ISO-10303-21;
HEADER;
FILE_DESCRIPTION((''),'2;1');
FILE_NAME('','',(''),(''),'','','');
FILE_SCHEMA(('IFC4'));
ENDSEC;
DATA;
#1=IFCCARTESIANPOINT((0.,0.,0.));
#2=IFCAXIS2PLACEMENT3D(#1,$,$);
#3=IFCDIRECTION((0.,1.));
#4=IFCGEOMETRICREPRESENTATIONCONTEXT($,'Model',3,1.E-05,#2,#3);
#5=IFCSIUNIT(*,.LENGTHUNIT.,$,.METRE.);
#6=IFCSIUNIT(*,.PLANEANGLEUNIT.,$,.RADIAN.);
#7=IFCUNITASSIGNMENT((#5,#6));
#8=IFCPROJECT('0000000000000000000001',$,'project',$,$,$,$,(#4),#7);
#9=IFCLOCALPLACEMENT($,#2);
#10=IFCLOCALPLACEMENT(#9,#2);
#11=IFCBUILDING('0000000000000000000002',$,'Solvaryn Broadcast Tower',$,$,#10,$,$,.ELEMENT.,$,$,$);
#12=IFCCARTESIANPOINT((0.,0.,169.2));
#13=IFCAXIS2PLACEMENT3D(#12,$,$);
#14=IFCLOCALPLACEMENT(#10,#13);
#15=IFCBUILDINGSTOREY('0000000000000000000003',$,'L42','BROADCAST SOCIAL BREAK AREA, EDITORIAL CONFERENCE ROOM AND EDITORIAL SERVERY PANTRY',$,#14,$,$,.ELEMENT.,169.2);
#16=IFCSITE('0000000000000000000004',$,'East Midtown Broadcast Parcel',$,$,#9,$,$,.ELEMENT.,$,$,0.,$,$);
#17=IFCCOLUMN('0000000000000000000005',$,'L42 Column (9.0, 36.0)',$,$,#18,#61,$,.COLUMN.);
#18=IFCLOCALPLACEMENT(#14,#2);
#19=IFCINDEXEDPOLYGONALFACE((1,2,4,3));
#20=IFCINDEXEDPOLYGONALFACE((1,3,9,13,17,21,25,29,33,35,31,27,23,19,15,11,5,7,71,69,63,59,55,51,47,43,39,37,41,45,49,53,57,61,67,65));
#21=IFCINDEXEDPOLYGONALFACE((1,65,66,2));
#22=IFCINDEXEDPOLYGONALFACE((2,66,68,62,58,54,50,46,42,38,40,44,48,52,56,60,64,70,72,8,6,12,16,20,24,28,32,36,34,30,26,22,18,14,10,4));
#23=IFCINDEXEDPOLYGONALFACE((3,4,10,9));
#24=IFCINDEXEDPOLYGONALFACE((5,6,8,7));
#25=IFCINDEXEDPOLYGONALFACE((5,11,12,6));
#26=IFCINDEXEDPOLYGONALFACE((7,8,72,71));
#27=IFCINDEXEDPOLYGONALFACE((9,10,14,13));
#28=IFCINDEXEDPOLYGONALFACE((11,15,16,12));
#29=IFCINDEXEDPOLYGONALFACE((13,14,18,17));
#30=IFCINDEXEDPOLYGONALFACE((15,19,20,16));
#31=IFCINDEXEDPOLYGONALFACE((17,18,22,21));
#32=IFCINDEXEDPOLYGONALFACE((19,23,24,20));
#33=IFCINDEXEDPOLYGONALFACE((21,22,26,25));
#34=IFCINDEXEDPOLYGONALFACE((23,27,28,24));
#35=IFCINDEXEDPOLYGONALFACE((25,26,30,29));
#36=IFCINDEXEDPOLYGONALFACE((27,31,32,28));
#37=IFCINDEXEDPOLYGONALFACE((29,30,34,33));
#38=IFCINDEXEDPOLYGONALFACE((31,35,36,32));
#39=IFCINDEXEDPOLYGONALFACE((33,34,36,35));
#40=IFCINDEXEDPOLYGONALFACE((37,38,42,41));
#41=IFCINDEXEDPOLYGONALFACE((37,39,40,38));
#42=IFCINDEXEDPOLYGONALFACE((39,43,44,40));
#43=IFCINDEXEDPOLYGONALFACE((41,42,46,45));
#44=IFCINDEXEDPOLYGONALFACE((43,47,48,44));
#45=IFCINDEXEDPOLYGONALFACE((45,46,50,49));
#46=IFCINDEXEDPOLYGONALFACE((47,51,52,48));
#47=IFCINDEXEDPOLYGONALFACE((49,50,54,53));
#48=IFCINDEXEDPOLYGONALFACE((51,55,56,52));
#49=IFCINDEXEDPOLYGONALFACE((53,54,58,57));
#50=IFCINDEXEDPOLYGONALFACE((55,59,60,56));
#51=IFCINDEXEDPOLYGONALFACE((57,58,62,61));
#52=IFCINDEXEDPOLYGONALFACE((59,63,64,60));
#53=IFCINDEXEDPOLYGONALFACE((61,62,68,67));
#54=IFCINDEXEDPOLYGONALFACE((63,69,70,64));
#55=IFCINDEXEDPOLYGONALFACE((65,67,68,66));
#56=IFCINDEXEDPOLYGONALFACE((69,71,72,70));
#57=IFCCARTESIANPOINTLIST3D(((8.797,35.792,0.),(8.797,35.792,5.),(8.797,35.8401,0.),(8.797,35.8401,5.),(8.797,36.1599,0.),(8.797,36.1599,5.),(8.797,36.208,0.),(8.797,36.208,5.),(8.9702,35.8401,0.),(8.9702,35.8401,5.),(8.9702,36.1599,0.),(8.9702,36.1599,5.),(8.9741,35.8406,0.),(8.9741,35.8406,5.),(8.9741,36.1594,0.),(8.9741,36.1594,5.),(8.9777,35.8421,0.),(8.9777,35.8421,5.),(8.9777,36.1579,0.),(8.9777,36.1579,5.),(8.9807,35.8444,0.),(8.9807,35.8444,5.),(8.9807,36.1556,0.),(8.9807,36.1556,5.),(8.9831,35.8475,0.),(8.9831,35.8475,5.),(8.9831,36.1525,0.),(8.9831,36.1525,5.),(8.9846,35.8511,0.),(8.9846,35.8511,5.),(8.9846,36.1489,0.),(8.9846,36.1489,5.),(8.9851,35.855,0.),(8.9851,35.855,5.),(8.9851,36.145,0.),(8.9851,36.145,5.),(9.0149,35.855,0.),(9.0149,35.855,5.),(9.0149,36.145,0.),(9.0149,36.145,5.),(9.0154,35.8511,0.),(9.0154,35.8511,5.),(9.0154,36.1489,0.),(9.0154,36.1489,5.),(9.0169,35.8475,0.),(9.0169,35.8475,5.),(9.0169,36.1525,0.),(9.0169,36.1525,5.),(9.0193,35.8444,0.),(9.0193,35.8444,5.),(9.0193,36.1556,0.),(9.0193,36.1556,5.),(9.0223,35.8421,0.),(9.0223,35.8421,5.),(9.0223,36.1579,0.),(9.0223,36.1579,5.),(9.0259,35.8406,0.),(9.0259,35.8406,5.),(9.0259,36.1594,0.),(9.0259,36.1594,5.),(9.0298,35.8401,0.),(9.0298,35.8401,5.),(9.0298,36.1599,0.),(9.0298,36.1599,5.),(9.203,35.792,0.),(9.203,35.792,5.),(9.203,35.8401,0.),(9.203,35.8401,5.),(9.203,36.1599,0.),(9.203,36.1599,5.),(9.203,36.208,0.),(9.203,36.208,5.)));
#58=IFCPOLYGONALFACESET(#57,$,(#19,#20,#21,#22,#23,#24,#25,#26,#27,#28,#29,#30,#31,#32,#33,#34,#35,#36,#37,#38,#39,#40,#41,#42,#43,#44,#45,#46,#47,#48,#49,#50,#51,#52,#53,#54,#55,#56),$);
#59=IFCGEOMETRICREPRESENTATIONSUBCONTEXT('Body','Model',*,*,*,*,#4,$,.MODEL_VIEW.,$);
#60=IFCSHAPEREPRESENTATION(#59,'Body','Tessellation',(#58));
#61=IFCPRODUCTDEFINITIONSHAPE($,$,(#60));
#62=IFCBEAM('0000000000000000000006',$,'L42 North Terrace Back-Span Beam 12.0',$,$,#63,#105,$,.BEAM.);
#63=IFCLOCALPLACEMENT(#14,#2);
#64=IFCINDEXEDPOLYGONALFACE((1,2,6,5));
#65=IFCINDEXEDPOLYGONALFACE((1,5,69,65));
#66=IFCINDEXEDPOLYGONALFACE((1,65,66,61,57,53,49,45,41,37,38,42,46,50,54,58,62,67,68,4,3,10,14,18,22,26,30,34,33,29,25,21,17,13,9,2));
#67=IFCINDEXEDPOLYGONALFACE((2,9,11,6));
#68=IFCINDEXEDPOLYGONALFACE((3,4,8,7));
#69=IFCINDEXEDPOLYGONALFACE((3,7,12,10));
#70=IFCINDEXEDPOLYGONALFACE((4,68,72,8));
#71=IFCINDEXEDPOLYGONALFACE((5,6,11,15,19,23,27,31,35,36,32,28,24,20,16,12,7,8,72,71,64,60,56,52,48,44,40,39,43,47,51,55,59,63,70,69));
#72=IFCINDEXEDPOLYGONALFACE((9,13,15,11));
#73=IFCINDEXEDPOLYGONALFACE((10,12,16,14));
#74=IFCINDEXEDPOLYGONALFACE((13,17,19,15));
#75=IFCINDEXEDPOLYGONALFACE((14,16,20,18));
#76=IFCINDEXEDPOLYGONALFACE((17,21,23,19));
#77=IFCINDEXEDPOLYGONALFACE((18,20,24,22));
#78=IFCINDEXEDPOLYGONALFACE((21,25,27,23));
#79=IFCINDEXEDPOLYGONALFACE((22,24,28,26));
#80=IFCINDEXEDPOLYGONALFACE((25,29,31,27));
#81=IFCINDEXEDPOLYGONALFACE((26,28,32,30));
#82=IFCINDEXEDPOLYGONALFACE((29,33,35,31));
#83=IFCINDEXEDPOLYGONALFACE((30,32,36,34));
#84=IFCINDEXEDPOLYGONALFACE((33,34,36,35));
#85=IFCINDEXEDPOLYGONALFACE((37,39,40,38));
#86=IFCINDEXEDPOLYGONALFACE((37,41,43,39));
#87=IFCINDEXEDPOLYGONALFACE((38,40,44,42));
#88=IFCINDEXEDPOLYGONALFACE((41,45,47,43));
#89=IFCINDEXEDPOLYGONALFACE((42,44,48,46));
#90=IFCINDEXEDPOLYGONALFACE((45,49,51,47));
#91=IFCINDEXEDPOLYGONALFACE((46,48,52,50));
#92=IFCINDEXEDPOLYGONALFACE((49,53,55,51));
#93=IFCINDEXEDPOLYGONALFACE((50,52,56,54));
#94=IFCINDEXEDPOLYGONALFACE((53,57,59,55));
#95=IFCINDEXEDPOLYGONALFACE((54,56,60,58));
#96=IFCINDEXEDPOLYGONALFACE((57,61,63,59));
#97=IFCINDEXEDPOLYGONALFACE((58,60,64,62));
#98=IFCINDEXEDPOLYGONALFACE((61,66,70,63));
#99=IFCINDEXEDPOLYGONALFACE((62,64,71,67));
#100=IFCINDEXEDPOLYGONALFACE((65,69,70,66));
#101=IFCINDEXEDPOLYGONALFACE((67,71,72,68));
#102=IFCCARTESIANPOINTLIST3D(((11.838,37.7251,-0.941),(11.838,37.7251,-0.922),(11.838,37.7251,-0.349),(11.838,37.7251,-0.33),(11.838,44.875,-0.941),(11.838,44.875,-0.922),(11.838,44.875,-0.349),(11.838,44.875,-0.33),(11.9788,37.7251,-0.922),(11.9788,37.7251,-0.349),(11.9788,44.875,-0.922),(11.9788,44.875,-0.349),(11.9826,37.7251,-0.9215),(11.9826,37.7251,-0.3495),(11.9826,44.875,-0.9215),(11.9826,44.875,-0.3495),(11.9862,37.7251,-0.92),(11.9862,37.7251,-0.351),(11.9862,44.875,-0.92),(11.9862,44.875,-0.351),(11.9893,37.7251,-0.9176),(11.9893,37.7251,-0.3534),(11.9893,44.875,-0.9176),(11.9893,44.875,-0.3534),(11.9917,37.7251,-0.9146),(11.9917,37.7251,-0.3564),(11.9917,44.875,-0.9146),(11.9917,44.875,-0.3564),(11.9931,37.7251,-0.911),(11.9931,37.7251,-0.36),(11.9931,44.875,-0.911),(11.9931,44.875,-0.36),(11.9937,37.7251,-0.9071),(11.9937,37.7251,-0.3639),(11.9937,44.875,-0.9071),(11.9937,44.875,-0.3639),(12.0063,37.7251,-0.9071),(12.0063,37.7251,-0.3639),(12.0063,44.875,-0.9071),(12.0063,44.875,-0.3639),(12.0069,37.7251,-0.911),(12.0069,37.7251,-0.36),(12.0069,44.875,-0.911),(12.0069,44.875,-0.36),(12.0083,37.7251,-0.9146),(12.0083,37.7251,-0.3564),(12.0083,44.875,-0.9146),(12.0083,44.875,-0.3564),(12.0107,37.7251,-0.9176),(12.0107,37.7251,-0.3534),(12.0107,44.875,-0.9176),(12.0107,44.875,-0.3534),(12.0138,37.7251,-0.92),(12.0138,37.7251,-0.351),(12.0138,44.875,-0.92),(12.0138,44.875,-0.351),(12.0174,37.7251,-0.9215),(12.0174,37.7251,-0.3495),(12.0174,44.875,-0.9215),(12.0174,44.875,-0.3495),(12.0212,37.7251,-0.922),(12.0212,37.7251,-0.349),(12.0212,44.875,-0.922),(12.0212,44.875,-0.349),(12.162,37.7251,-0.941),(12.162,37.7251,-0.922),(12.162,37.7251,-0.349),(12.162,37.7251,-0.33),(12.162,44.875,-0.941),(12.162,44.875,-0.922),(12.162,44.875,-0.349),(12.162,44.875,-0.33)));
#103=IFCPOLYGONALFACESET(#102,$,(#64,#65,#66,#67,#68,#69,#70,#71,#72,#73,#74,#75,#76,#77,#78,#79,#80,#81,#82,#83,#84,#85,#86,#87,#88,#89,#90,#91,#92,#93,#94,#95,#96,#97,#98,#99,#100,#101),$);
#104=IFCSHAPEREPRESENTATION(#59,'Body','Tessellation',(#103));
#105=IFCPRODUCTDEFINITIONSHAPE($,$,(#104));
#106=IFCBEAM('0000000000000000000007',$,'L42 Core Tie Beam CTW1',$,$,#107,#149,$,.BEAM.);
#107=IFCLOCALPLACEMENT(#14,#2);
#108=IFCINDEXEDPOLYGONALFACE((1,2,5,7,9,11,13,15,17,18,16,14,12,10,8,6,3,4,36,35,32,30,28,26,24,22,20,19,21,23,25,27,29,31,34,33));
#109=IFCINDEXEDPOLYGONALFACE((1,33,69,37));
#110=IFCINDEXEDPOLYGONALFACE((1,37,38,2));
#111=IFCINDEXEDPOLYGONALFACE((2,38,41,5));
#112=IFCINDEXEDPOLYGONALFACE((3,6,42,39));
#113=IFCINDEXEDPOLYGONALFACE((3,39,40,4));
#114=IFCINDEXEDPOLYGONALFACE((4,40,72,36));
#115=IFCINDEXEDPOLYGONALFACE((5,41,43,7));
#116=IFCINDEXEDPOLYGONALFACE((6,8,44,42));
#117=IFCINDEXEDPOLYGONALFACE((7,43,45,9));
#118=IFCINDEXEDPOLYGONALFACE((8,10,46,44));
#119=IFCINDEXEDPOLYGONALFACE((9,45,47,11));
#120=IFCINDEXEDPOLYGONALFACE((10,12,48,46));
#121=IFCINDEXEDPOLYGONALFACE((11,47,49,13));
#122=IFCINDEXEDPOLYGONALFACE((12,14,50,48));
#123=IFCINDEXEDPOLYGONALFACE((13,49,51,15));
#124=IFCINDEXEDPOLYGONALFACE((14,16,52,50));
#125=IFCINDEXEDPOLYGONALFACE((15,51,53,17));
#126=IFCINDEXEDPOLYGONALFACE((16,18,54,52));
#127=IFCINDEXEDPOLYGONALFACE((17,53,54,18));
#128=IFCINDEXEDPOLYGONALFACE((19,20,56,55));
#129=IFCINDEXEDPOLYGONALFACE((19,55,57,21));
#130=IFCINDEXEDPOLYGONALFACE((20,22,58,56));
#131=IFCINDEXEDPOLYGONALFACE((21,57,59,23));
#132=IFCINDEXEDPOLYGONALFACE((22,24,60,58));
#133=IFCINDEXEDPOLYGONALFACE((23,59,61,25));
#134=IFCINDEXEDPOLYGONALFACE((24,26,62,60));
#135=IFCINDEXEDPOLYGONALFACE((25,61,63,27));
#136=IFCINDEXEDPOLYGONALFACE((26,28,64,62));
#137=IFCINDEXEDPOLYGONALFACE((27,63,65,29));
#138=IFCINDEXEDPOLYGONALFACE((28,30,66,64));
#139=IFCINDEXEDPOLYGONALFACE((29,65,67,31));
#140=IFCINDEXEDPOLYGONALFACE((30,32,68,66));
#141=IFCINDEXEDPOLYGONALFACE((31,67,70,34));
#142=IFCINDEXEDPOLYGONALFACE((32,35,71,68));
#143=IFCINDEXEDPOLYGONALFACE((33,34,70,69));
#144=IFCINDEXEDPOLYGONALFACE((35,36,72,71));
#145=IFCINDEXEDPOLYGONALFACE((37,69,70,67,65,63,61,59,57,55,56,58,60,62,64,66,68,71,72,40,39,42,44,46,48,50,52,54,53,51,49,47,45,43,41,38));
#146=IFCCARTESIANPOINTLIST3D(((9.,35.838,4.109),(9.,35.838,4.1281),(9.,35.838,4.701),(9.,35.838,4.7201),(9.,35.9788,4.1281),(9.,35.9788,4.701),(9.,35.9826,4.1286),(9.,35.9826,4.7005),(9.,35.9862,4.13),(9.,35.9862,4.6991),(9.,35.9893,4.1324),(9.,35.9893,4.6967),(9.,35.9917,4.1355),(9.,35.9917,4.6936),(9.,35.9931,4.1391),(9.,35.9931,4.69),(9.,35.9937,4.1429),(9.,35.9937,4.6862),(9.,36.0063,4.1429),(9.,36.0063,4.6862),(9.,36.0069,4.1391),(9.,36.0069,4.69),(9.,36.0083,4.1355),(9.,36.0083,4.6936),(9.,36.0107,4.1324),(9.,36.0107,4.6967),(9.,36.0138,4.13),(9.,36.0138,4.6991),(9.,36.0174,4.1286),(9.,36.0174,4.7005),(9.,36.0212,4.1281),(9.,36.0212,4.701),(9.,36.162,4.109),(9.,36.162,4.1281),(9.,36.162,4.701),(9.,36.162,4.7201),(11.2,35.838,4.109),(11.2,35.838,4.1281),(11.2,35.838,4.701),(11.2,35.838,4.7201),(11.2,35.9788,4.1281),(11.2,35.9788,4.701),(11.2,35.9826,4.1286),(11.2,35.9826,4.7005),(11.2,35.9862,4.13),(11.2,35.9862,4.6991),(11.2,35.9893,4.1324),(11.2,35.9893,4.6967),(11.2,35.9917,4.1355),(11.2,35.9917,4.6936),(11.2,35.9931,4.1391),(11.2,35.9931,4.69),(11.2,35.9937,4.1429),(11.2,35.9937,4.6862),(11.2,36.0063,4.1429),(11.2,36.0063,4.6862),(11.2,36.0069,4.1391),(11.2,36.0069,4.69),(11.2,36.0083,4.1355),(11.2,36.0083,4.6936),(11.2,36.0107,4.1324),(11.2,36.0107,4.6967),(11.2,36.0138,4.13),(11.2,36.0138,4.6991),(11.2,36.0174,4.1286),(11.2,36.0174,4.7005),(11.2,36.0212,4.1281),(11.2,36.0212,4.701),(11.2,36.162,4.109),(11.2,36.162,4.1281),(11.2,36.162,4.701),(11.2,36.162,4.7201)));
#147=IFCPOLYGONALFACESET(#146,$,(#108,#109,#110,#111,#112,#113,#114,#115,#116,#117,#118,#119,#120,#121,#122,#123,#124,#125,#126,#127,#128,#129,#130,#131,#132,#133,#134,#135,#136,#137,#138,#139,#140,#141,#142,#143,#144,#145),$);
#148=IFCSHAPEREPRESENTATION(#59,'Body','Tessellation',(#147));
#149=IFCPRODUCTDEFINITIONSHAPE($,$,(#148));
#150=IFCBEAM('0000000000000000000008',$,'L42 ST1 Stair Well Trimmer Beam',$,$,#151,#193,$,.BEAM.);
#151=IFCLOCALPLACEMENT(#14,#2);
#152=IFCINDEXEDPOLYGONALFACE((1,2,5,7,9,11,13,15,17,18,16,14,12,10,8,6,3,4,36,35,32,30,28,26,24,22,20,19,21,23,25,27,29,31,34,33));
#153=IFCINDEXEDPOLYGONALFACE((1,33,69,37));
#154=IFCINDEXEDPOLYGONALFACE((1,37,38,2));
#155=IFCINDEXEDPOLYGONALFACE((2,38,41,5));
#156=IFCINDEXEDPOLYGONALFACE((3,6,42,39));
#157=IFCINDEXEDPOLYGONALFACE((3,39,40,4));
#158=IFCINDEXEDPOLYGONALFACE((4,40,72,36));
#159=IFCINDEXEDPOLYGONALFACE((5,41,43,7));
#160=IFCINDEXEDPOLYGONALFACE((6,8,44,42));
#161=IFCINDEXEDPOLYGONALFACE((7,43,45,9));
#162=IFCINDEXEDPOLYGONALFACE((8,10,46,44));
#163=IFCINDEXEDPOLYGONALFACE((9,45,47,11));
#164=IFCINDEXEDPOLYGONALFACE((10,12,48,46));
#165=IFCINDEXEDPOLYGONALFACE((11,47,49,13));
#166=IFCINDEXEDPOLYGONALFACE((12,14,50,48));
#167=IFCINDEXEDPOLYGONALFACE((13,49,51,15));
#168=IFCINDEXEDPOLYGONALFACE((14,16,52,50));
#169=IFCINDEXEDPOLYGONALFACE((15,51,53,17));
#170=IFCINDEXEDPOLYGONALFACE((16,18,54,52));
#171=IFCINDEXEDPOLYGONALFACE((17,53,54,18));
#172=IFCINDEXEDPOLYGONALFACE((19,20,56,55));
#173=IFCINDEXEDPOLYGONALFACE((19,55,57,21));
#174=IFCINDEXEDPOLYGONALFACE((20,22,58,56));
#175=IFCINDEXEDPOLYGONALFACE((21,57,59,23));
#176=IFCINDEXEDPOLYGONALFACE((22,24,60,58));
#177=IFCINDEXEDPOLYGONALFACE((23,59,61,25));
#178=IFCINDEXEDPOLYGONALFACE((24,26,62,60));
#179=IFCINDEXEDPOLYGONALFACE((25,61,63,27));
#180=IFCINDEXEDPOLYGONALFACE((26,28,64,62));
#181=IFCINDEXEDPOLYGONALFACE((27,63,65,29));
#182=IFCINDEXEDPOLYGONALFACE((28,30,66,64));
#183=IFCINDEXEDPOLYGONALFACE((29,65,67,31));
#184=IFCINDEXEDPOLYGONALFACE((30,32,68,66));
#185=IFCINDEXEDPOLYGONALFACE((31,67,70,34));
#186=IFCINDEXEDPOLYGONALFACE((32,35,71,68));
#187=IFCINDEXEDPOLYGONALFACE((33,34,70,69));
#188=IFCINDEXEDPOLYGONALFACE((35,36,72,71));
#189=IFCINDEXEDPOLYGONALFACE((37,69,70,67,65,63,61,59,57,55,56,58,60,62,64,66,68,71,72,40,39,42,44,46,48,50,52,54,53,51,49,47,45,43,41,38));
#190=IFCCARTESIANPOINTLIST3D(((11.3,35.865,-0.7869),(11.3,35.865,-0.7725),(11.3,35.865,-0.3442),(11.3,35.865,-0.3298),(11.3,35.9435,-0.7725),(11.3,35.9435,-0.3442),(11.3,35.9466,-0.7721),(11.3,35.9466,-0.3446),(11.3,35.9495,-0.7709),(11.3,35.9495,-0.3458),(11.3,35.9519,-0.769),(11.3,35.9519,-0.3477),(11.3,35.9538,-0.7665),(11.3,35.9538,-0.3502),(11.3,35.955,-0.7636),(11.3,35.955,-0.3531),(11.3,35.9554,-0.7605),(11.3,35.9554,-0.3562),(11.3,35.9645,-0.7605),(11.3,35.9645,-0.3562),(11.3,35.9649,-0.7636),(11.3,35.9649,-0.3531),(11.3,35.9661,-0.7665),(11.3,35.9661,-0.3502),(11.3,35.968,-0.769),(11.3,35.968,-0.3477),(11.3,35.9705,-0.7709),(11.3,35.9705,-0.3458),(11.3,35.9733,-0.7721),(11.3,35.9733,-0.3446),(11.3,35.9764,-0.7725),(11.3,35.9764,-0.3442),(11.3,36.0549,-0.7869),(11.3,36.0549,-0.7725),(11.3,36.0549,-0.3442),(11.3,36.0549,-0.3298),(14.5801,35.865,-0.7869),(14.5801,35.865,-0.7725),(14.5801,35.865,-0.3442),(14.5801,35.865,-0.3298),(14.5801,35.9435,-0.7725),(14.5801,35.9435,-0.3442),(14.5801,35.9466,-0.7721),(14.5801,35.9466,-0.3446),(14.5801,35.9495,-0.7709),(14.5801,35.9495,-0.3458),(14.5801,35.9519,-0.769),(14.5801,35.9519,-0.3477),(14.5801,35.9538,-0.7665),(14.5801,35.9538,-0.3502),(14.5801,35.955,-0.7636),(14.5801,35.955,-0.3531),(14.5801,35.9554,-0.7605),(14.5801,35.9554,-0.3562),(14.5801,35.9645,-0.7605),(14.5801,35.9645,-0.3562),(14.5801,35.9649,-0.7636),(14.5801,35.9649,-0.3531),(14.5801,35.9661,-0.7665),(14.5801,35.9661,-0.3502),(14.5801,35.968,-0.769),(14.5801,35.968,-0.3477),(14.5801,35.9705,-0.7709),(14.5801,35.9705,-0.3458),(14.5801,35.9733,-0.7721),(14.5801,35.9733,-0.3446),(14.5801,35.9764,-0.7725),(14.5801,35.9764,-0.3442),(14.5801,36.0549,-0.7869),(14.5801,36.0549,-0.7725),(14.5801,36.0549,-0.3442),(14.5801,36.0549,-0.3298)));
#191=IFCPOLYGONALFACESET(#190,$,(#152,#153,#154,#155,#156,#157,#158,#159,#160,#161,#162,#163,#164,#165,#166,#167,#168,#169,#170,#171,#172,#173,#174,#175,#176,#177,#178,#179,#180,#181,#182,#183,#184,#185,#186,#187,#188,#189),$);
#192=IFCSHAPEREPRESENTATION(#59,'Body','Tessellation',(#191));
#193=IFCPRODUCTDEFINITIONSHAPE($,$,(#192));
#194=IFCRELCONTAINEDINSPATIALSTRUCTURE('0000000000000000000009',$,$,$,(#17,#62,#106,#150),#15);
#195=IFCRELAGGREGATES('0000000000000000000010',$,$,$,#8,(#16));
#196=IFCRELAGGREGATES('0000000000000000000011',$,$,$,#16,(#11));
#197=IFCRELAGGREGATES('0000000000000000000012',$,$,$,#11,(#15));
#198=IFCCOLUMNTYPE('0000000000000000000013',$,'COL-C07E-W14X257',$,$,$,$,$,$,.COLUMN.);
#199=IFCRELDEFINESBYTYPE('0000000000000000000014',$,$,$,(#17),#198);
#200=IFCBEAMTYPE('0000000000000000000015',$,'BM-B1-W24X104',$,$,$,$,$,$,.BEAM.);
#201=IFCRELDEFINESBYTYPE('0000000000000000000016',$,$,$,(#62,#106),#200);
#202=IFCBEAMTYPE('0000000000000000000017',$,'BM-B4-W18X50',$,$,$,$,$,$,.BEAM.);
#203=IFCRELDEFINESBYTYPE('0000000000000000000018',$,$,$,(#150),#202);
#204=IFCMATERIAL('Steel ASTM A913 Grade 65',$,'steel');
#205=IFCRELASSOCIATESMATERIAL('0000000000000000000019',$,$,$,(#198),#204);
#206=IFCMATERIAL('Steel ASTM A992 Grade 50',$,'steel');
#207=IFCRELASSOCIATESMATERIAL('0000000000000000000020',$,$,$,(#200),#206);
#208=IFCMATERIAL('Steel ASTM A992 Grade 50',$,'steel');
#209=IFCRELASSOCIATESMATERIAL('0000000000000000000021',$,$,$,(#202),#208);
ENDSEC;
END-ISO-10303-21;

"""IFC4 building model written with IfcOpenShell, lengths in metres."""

from ifc_helpers import new_model, si_unit, direction, frame, origin, origin_2d, place, context, subcontext, project, spatial, i_section, extrude, material, material_profile, profile_set, type_object, element, save


model = new_model("IFC4")

# Units and contexts
model_context = context("Model", 3, precision=1e-05, world=origin(), true_north=direction((0.0, 1.0)))
body_context = subcontext(model_context, "Body", "Model", "MODEL_VIEW")
ifc_project = project(units=[si_unit("LENGTHUNIT", "METRE"), si_unit("PLANEANGLEUNIT", "RADIAN")], contexts=[model_context])

# Site, building, storey
site_placement = place(None, origin())
site = spatial("IfcSite", under=ifc_project, at=site_placement, Name="East Midtown Broadcast Parcel", CompositionType="ELEMENT", RefElevation=0.0)
building_placement = place(site_placement, origin())
building = spatial("IfcBuilding", under=site, at=building_placement, Name="Solvaryn Broadcast Tower", CompositionType="ELEMENT")
storey_placement = place(building_placement, frame((0.0, 0.0, 169.2)))
storey = spatial("IfcBuildingStorey", under=building, at=storey_placement, Name="L42", Description="BROADCAST SOCIAL BREAK AREA, EDITORIAL CONFERENCE ROOM AND EDITORIAL SERVERY PANTRY", CompositionType="ELEMENT", Elevation=169.2)

# Column
ifc_material_1 = material(Name="Steel ASTM A913 Grade 65", Category="steel")
ifc_material_profile_1 = material_profile(ifc_material_1, i_section(OverallWidth=0.406, OverallDepth=0.416, WebThickness=0.0298, FlangeThickness=0.0481, FilletRadius=0.0149, at=origin_2d()))
ifc_profile_set_1 = profile_set([ifc_material_profile_1], Name="Steel ASTM A913 Grade 65")
column_type = type_object("IfcColumnType", Name="COL-C07E-W14X257", PredefinedType="COLUMN", material=ifc_profile_set_1)
column_placement = place(storey_placement, frame((9.0, 36.0, 0.0), z_axis=(0.0, 0.0, 1.0), x_axis=(1.0, 0.0, 0.0)))
element("IfcColumn", 1, at=column_placement, inside=storey, type_object=column_type, Name="L42 Column (9.0, 36.0)", PredefinedType="COLUMN", context=body_context, shape_type="SweptSolid", body=[
    extrude(i_section(OverallWidth=0.406, OverallDepth=0.416, WebThickness=0.0298, FlangeThickness=0.0481, FilletRadius=0.0149, at=origin_2d()), origin(), (0.0, 0.0, 1.0), 5.0),
])

# Beams
ifc_material_2 = material(Name="Steel ASTM A992 Grade 50", Category="steel")
ifc_material_profile_2 = material_profile(ifc_material_2, i_section(OverallWidth=0.324, OverallDepth=0.6111, WebThickness=0.0127, FlangeThickness=0.019, FilletRadius=0.0149, at=origin_2d()))
ifc_profile_set_2 = profile_set([ifc_material_profile_2], Name="Steel ASTM A992 Grade 50")
beam_type_1 = type_object("IfcBeamType", Name="BM-B1-W24X104", PredefinedType="BEAM", material=ifc_profile_set_2)
beam_1_placement = place(storey_placement, frame((12.0, 37.7251, -0.6355), z_axis=(0.0, 1.0, 0.0), x_axis=(-1.0, 0.0, 0.0)))
element("IfcBeam", 2, at=beam_1_placement, inside=storey, type_object=beam_type_1, Name="L42 North Terrace Back-Span Beam 12.0", PredefinedType="BEAM", context=body_context, shape_type="SweptSolid", body=[
    extrude(i_section(OverallWidth=0.324, OverallDepth=0.6111, WebThickness=0.0127, FlangeThickness=0.019, FilletRadius=0.0149, at=origin_2d()), origin(), (0.0, 0.0, 1.0), 7.1499),
])
beam_2_placement = place(storey_placement, frame((9.0, 36.0, 4.4146), z_axis=(1.0, 0.0, 0.0), x_axis=(0.0, 1.0, 0.0)))
element("IfcBeam", 3, at=beam_2_placement, inside=storey, type_object=beam_type_1, Name="L42 Core Tie Beam CTW1", PredefinedType="BEAM", context=body_context, shape_type="SweptSolid", body=[
    extrude(i_section(OverallWidth=0.324, OverallDepth=0.6111, WebThickness=0.0127, FlangeThickness=0.019, FilletRadius=0.0149, at=origin_2d()), origin(), (0.0, 0.0, 1.0), 2.2),
])
ifc_material_3 = material(Name="Steel ASTM A992 Grade 50", Category="steel")
ifc_material_profile_3 = material_profile(ifc_material_3, i_section(OverallWidth=0.1899, OverallDepth=0.457, WebThickness=0.009, FlangeThickness=0.0144, FilletRadius=0.012, at=origin_2d()))
ifc_profile_set_3 = profile_set([ifc_material_profile_3], Name="Steel ASTM A992 Grade 50")
beam_type_2 = type_object("IfcBeamType", Name="BM-B4-W18X50", PredefinedType="BEAM", material=ifc_profile_set_3)
for number, where, z_axis, x_axis, name in (
    (4, (11.3, 35.96, -0.5583), (1.0, 0.0, 0.0), (0.0, 1.0, 0.0), "L42 ST1 Stair Well Trimmer Beam"),
):
    element("IfcBeam", number, at=place(storey_placement, frame(where, z_axis=z_axis, x_axis=x_axis)), inside=storey, type_object=beam_type_2, Name=name, PredefinedType="BEAM", context=body_context, shape_type="SweptSolid", body=[
        extrude(i_section(OverallWidth=0.1899, OverallDepth=0.457, WebThickness=0.009, FlangeThickness=0.0144, FilletRadius=0.012, at=origin_2d()), origin(), (0.0, 0.0, 1.0), 3.28),
    ])

save(model, "model.ifc")
